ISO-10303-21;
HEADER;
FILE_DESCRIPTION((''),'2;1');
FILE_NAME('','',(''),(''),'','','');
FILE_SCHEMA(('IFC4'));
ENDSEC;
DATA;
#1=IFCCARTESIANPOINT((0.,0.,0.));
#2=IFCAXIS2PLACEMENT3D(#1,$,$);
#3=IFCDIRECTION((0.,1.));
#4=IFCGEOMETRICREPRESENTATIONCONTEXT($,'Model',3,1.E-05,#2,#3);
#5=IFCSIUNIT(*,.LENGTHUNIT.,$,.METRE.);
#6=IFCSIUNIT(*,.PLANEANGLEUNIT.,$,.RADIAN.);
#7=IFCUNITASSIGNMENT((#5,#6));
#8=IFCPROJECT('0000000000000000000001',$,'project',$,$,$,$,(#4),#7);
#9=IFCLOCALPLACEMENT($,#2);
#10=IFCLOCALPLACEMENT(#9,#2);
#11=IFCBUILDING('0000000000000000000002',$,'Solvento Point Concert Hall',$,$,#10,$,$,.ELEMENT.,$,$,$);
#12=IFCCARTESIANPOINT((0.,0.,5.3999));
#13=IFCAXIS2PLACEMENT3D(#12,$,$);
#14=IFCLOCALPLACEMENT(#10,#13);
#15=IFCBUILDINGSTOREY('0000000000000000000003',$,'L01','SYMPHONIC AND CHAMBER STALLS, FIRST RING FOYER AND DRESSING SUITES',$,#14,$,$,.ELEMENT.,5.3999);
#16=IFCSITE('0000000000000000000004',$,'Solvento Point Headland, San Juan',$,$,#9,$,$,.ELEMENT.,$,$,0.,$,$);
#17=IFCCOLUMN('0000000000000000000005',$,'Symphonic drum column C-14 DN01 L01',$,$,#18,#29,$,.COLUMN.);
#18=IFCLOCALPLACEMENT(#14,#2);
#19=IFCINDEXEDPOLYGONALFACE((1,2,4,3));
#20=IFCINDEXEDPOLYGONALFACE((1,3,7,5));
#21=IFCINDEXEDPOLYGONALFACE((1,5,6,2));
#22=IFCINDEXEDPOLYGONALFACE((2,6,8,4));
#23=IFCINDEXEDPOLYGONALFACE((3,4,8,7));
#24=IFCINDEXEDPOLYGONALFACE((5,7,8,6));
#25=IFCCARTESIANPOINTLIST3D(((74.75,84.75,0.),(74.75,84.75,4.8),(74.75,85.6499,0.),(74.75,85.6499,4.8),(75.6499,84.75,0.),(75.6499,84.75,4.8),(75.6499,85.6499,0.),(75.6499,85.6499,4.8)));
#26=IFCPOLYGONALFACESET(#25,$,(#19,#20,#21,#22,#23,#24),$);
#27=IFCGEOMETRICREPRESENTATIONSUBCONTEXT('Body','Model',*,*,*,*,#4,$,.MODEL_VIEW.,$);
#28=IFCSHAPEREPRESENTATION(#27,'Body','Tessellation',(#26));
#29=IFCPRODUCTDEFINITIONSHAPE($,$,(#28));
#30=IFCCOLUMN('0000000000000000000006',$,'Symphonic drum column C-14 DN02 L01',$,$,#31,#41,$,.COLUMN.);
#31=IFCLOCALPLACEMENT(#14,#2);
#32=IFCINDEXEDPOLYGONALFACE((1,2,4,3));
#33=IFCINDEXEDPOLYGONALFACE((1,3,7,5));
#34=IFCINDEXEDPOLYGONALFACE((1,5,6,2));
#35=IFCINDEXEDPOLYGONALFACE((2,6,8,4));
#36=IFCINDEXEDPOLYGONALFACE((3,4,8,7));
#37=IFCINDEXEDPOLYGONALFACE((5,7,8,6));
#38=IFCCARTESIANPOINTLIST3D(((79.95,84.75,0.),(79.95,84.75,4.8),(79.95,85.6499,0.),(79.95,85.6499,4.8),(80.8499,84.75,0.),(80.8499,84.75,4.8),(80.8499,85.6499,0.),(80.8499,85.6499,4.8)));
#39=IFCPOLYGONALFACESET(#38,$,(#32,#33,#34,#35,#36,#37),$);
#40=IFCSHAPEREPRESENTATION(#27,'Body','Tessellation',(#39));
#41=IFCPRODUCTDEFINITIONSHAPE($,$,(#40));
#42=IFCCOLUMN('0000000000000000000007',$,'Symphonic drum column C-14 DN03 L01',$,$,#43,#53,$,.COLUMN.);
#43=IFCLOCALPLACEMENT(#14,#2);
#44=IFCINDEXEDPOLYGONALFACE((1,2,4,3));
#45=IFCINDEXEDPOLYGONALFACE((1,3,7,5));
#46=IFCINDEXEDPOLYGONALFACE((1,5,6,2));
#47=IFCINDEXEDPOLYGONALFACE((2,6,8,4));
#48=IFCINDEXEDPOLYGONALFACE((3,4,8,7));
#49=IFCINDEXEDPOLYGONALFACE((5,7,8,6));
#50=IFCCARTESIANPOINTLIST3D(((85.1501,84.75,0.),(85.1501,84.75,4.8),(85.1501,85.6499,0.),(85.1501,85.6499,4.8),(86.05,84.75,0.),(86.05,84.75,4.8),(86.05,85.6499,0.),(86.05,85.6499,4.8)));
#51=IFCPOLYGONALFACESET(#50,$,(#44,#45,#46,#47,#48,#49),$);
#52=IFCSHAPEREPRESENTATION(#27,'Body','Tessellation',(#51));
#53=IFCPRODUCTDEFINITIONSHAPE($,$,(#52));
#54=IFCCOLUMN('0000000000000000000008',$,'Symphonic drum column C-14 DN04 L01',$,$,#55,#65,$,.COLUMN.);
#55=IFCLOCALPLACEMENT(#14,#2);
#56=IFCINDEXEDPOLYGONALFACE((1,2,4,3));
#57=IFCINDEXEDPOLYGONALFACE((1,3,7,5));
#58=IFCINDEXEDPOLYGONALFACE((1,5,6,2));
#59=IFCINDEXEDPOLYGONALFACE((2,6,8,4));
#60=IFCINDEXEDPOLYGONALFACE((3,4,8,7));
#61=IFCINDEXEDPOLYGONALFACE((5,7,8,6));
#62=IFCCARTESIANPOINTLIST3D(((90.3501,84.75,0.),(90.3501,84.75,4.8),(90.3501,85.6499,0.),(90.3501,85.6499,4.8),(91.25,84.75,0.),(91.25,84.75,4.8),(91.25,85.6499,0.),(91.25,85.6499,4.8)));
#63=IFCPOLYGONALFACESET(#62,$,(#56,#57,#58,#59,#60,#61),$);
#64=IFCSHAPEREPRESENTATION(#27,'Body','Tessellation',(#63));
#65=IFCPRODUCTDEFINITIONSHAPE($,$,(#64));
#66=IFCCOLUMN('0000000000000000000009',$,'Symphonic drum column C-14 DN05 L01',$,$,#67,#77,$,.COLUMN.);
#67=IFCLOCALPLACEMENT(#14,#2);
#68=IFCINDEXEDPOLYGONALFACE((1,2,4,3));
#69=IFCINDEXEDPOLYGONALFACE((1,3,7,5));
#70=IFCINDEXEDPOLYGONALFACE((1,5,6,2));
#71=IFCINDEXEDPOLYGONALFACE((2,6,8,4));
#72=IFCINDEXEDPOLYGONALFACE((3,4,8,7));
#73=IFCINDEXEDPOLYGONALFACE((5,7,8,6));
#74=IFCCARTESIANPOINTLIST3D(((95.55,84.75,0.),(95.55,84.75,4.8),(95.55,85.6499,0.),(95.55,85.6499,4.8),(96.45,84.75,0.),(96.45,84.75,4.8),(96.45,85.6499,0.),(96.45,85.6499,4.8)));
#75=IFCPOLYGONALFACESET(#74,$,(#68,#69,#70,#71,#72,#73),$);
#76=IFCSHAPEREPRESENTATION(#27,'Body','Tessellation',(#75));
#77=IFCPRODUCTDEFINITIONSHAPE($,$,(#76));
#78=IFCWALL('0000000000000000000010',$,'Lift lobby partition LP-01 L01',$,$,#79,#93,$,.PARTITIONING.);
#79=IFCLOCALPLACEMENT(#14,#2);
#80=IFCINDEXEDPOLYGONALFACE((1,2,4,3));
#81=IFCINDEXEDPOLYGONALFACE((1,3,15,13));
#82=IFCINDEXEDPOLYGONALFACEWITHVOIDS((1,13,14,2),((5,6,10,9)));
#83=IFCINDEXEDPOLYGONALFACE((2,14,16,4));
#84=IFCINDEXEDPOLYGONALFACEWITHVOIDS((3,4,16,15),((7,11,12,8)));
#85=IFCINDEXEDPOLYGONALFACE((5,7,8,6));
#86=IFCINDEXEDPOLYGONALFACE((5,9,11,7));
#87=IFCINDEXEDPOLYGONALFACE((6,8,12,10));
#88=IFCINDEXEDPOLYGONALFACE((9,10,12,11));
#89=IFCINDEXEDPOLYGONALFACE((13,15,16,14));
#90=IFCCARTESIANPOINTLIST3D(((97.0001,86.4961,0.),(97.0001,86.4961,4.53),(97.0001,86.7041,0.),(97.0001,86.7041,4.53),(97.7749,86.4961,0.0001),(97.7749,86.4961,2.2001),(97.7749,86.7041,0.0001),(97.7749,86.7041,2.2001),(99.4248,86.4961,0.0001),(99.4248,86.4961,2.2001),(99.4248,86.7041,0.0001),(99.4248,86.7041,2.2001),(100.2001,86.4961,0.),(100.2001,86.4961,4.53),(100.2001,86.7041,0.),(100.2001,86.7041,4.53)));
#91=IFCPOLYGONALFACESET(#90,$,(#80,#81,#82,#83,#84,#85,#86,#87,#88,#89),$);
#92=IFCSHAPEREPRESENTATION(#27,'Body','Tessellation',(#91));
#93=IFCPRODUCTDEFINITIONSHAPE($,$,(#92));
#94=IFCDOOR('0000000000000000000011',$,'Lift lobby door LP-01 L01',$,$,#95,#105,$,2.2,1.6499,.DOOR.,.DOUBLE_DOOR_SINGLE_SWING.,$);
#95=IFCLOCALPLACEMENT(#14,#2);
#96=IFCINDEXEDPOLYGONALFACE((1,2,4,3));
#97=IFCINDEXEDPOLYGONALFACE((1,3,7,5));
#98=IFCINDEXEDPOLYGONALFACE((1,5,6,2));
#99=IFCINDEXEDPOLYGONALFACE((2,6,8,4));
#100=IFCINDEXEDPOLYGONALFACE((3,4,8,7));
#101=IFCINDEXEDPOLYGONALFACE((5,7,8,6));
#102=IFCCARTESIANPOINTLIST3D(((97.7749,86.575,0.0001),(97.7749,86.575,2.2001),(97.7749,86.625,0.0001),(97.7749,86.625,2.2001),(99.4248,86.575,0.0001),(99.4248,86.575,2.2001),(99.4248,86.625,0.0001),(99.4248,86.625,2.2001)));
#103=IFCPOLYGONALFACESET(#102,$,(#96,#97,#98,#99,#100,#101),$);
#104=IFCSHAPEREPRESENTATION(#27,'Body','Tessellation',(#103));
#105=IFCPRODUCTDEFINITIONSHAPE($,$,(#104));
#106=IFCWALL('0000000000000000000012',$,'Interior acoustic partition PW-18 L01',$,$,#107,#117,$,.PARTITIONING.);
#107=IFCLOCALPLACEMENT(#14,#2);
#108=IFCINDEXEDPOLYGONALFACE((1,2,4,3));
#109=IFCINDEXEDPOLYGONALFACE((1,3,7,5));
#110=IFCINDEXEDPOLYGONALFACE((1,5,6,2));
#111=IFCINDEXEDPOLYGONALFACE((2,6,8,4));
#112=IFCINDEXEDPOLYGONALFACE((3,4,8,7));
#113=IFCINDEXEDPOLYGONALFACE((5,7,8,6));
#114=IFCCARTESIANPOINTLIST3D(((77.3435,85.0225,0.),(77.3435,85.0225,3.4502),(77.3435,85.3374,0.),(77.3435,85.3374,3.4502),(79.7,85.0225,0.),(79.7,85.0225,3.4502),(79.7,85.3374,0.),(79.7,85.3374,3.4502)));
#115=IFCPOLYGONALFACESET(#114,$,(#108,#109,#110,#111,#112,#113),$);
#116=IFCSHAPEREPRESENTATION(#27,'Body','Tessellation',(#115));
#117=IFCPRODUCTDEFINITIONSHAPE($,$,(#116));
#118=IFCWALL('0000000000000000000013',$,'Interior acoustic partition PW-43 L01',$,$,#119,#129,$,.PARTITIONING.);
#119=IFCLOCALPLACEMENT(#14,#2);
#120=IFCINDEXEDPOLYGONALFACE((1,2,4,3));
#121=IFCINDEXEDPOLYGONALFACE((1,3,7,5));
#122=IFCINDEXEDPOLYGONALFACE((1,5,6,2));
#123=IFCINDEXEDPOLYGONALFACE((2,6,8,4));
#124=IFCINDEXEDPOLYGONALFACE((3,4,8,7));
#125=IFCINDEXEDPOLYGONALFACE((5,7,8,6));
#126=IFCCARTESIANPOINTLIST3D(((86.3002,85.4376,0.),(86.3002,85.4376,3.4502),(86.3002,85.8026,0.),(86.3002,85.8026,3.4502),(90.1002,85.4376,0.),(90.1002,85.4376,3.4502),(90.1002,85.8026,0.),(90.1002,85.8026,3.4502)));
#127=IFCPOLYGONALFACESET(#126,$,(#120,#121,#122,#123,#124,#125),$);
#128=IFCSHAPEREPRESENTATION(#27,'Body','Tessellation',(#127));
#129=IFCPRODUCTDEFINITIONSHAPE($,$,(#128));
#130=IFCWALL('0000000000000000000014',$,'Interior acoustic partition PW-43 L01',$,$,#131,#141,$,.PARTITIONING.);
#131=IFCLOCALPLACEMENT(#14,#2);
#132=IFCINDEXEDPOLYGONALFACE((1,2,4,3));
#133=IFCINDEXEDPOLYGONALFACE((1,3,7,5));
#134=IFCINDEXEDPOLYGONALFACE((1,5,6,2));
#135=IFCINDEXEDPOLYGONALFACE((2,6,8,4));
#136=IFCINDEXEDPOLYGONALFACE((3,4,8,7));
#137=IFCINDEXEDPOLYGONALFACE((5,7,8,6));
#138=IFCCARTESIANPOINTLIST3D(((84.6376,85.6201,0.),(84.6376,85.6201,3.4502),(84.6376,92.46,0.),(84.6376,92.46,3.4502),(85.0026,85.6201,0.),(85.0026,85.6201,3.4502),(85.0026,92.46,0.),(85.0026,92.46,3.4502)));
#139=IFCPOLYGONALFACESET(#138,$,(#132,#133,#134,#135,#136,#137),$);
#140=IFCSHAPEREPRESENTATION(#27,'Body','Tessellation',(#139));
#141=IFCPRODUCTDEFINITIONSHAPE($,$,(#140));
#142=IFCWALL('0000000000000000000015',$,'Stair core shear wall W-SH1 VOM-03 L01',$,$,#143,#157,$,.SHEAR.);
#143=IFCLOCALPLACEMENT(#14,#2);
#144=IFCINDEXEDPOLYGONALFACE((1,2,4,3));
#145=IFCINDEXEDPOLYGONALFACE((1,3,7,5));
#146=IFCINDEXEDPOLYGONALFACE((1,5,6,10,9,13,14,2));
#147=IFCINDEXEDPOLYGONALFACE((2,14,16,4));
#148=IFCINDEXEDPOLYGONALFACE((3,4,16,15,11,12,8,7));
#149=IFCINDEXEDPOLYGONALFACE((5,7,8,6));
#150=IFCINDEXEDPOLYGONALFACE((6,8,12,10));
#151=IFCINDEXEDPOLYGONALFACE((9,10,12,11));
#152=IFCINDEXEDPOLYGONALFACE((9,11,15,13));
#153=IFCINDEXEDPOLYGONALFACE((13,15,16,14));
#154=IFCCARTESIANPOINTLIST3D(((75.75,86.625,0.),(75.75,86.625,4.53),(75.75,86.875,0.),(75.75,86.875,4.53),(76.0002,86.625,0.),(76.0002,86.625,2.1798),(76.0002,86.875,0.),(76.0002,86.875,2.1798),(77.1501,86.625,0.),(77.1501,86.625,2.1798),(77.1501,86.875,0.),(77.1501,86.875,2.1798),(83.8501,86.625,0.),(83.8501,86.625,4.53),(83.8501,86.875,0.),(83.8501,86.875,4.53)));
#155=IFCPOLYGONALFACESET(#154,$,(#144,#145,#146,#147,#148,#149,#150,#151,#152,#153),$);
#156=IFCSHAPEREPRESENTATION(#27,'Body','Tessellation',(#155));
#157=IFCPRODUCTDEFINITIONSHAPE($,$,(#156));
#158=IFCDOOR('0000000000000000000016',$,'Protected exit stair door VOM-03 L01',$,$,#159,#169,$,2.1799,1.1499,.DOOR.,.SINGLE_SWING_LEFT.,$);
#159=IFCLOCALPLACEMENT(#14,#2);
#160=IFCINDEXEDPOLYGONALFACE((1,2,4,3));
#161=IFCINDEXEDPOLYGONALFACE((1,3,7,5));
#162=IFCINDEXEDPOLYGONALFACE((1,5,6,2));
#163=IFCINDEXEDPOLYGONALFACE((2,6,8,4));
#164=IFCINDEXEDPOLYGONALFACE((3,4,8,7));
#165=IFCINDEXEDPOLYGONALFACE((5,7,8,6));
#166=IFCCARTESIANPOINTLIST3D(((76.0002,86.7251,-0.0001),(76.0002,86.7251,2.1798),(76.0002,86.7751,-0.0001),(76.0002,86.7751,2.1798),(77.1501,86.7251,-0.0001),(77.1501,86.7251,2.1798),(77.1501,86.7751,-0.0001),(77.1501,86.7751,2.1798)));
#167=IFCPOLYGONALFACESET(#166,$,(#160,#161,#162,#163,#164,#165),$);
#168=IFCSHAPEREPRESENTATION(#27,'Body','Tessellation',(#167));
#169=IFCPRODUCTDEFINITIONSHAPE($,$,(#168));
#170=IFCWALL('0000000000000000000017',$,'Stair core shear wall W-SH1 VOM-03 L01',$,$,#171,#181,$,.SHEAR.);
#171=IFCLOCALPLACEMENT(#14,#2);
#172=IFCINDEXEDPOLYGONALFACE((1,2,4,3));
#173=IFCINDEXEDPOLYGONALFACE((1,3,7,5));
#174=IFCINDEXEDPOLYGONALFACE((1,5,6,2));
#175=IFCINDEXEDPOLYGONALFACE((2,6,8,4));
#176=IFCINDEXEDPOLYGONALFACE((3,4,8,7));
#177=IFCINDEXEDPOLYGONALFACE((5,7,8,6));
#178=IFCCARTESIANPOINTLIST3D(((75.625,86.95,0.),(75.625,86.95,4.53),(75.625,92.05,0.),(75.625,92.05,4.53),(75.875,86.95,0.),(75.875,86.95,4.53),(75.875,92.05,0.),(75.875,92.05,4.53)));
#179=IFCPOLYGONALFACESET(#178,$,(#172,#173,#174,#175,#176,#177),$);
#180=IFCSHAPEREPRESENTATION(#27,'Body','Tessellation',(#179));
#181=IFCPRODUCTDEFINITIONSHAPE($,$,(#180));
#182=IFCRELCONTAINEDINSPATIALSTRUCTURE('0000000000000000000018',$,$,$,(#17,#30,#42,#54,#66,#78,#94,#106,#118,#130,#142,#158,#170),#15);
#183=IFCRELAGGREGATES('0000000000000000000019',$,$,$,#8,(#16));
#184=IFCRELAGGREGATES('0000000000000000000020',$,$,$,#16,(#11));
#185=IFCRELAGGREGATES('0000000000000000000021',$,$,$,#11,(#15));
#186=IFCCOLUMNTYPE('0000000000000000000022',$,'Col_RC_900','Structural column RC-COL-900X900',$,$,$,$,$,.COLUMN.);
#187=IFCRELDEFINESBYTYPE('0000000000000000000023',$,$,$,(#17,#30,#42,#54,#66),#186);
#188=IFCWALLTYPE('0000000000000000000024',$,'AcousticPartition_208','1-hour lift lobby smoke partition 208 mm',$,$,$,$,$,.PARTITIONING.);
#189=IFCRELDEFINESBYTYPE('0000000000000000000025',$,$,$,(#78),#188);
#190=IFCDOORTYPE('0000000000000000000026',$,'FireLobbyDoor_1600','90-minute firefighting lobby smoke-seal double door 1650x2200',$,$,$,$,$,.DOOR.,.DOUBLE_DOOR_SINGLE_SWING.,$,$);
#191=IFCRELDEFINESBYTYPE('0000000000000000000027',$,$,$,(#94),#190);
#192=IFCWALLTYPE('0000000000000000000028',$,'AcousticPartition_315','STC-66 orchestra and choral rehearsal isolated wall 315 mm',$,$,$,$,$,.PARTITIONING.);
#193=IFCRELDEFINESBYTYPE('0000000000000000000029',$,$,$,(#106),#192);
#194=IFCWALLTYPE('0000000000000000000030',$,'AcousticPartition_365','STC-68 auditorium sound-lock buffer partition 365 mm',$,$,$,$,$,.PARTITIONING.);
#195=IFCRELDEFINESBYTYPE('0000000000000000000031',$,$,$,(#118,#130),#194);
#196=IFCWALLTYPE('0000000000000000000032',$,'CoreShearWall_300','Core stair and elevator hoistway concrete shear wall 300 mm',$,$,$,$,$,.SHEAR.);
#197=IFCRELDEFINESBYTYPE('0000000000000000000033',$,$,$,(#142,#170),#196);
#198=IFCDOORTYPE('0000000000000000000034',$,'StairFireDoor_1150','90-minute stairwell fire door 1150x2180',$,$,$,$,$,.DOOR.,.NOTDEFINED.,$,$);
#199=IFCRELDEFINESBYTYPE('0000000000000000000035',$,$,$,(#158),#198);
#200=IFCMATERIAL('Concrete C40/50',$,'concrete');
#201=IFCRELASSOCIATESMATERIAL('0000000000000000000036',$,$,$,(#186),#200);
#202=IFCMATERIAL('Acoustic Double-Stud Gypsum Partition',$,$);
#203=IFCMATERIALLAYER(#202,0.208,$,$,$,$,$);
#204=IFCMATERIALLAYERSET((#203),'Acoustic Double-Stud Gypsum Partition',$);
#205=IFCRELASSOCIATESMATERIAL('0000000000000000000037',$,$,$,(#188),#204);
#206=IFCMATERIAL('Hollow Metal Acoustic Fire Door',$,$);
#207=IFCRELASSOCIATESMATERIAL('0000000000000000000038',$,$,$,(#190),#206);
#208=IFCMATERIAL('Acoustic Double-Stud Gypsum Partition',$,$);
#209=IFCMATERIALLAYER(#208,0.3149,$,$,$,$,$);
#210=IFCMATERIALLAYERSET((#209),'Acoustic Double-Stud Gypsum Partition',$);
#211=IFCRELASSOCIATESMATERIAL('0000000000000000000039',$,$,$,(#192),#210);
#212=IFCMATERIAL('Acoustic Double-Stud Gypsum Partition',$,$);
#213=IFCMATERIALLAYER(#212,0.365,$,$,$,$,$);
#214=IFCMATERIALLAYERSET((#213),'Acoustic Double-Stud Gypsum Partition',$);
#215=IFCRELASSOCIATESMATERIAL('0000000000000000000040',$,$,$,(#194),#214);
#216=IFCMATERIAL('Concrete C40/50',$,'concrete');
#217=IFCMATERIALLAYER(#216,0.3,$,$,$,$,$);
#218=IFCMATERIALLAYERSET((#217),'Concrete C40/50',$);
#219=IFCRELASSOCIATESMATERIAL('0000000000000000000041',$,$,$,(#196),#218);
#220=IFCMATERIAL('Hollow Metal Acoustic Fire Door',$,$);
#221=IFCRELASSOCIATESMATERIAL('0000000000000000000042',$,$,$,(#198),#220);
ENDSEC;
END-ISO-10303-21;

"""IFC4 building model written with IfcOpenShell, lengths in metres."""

from ifc_helpers import new_model, si_unit, direction, frame, frame_2d, origin, origin_2d, place, context, subcontext, project, spatial, rectangle, extrude, material, layer, layer_set, material_profile, profile_set, type_object, element, fill, save


model = new_model("IFC4")

# Units and contexts
model_context = context("Model", 3, precision=1e-05, world=origin(), true_north=direction((0.0, 1.0)))
body_context = subcontext(model_context, "Body", "Model", "MODEL_VIEW")
ifc_project = project(units=[si_unit("LENGTHUNIT", "METRE"), si_unit("PLANEANGLEUNIT", "RADIAN")], contexts=[model_context])

# Site, building, storey
site_placement = place(None, origin())
site = spatial("IfcSite", under=ifc_project, at=site_placement, Name="Solvento Point Headland, San Juan", CompositionType="ELEMENT", RefElevation=0.0)
building_placement = place(site_placement, origin())
building = spatial("IfcBuilding", under=site, at=building_placement, Name="Solvento Point Concert Hall", CompositionType="ELEMENT")
storey_placement = place(building_placement, frame((0.0, 0.0, 5.3999)))
storey = spatial("IfcBuildingStorey", under=building, at=storey_placement, Name="L01", Description="SYMPHONIC AND CHAMBER STALLS, FIRST RING FOYER AND DRESSING SUITES", CompositionType="ELEMENT", Elevation=5.3999)

# Columns
ifc_material_1 = material(Name="Concrete C40/50", Category="concrete")
ifc_material_profile = material_profile(ifc_material_1, rectangle(XDim=0.8999, YDim=0.8999, at=origin_2d()), Name="RC-COL-900X900")
ifc_profile_set = profile_set([ifc_material_profile], Name="Concrete C40/50")
column_type = type_object("IfcColumnType", Name="Col_RC_900", Description="Structural column RC-COL-900X900", PredefinedType="COLUMN", material=ifc_profile_set)
for number, where, z_axis, x_axis, name in (
    (1, (75.2, 85.2, 0.0), (0.0, 0.0, 1.0), (1.0, 0.0, 0.0), "Symphonic drum column C-14 DN01 L01"),
    (2, (80.3999, 85.2, 0.0), (0.0, 0.0, 1.0), (1.0, 0.0, 0.0), "Symphonic drum column C-14 DN02 L01"),
    (3, (85.6001, 85.2, 0.0), (0.0, 0.0, 1.0), (1.0, 0.0, 0.0), "Symphonic drum column C-14 DN03 L01"),
    (4, (90.8, 85.2, 0.0), (0.0, 0.0, 1.0), (1.0, 0.0, 0.0), "Symphonic drum column C-14 DN04 L01"),
    (5, (96.0, 85.2, 0.0), (0.0, 0.0, 1.0), (1.0, 0.0, 0.0), "Symphonic drum column C-14 DN05 L01"),
):
    element("IfcColumn", number, at=place(storey_placement, frame(where, z_axis=z_axis, x_axis=x_axis)), inside=storey, type_object=column_type, Name=name, PredefinedType="COLUMN", context=body_context, shape_type="SweptSolid", body=[
        extrude(rectangle(XDim=0.8999, YDim=0.8999, at=origin_2d()), origin(), (0.0, 0.0, 1.0), 4.8),
    ])

# Wall, opening, door
ifc_material_2 = material(Name="Acoustic Double-Stud Gypsum Partition")
ifc_layer_1 = layer(ifc_material_2, 0.208)
ifc_layer_set_1 = layer_set([ifc_layer_1], Name="Acoustic Double-Stud Gypsum Partition")
wall_type_1 = type_object("IfcWallType", Name="AcousticPartition_208", Description="1-hour lift lobby smoke partition 208 mm", PredefinedType="PARTITIONING", material=ifc_layer_set_1)
wall_1_placement = place(storey_placement, frame((97.0, 86.6001, 0.0), z_axis=(0.0, 0.0, 1.0), x_axis=(1.0, 0.0, 0.0)))
wall_1 = element("IfcWall", 6, at=wall_1_placement, inside=storey, type_object=wall_type_1, Name="Lift lobby partition LP-01 L01", PredefinedType="PARTITIONING", context=body_context, shape_type="SweptSolid", body=[
    extrude(rectangle(XDim=3.2, YDim=0.208, at=frame_2d((1.6001, 0.0))), origin(), (0.0, 0.0, 1.0), 4.53),
])
opening_1_placement = place(wall_1_placement, frame((0.7749, 0.0, 0.0)))
opening_1 = element("IfcOpeningElement", 7, at=opening_1_placement, cuts=wall_1, PredefinedType="OPENING", context=body_context, shape_type="SweptSolid", body=[
    extrude(rectangle(XDim=1.6499, YDim=2.2, at=frame_2d((0.825, 1.1001))), frame((0.0, 0.114, 0.0), z_axis=(0.0, -1.0, 0.0), x_axis=(1.0, 0.0, 0.0)), (0.0, 0.0, 1.0), 0.228),
])
ifc_material_3 = material(Name="Hollow Metal Acoustic Fire Door")
door_type_1 = type_object("IfcDoorType", Name="FireLobbyDoor_1600", Description="90-minute firefighting lobby smoke-seal double door 1650x2200", OperationType="DOUBLE_DOOR_SINGLE_SWING", PredefinedType="DOOR", material=ifc_material_3)
door_1_placement = place(opening_1_placement, origin())
door_1 = element("IfcDoor", 8, at=door_1_placement, inside=storey, type_object=door_type_1, Name="Lift lobby door LP-01 L01", OperationType="DOUBLE_DOOR_SINGLE_SWING", OverallHeight=2.2, OverallWidth=1.6499, PredefinedType="DOOR", context=body_context, shape_type="SweptSolid", body=[
    extrude(rectangle(XDim=1.6499, YDim=2.2, at=frame_2d((0.825, 1.1001))), frame((0.0, 0.0249, 0.0), z_axis=(0.0, -1.0, 0.0), x_axis=(1.0, 0.0, 0.0)), (0.0, 0.0, 1.0), 0.05),
])
fill(opening_1, door_1)

# Walls
ifc_material_4 = material(Name="Acoustic Double-Stud Gypsum Partition")
ifc_layer_2 = layer(ifc_material_4, 0.3149)
ifc_layer_set_2 = layer_set([ifc_layer_2], Name="Acoustic Double-Stud Gypsum Partition")
wall_type_2 = type_object("IfcWallType", Name="AcousticPartition_315", Description="STC-66 orchestra and choral rehearsal isolated wall 315 mm", PredefinedType="PARTITIONING", material=ifc_layer_set_2)
wall_2_placement = place(storey_placement, frame((77.3435, 85.1799, 0.0), z_axis=(0.0, 0.0, 1.0), x_axis=(1.0, 0.0, 0.0)))
element("IfcWall", 9, at=wall_2_placement, inside=storey, type_object=wall_type_2, Name="Interior acoustic partition PW-18 L01", PredefinedType="PARTITIONING", context=body_context, shape_type="SweptSolid", body=[
    extrude(rectangle(XDim=2.3564, YDim=0.3149, at=frame_2d((1.1782, 0.0))), origin(), (0.0, 0.0, 1.0), 3.4502),
])
ifc_material_5 = material(Name="Acoustic Double-Stud Gypsum Partition")
ifc_layer_3 = layer(ifc_material_5, 0.365)
ifc_layer_set_3 = layer_set([ifc_layer_3], Name="Acoustic Double-Stud Gypsum Partition")
wall_type_3 = type_object("IfcWallType", Name="AcousticPartition_365", Description="STC-68 auditorium sound-lock buffer partition 365 mm", PredefinedType="PARTITIONING", material=ifc_layer_set_3)
wall_3_placement = place(storey_placement, frame((90.1001, 85.6201, 0.0), z_axis=(0.0, 0.0, 1.0), x_axis=(-1.0, 0.0, 0.0)))
element("IfcWall", 10, at=wall_3_placement, inside=storey, type_object=wall_type_3, Name="Interior acoustic partition PW-43 L01", PredefinedType="PARTITIONING", context=body_context, shape_type="SweptSolid", body=[
    extrude(rectangle(XDim=3.8, YDim=0.365, at=frame_2d((1.8999, 0.0))), origin(), (0.0, 0.0, 1.0), 3.4502),
])
wall_4_placement = place(storey_placement, frame((84.8201, 85.6201, 0.0), z_axis=(0.0, 0.0, 1.0), x_axis=(0.0, 1.0, 0.0)))
element("IfcWall", 11, at=wall_4_placement, inside=storey, type_object=wall_type_3, Name="Interior acoustic partition PW-43 L01", PredefinedType="PARTITIONING", context=body_context, shape_type="SweptSolid", body=[
    extrude(rectangle(XDim=6.8398, YDim=0.365, at=frame_2d((3.4199, 0.0))), origin(), (0.0, 0.0, 1.0), 3.4502),
])

# Wall, opening, door
ifc_material_6 = material(Name="Concrete C40/50", Category="concrete")
ifc_layer_4 = layer(ifc_material_6, 0.3)
ifc_layer_set_4 = layer_set([ifc_layer_4], Name="Concrete C40/50")
wall_type_4 = type_object("IfcWallType", Name="CoreShearWall_300", Description="Core stair and elevator hoistway concrete shear wall 300 mm", PredefinedType="SHEAR", material=ifc_layer_set_4)
wall_5_placement = place(storey_placement, frame((83.8501, 86.75, 0.0), z_axis=(0.0, 0.0, 1.0), x_axis=(-1.0, 0.0, 0.0)))
wall_5 = element("IfcWall", 12, at=wall_5_placement, inside=storey, type_object=wall_type_4, Name="Stair core shear wall W-SH1 VOM-03 L01", PredefinedType="SHEAR", context=body_context, shape_type="SweptSolid", body=[
    extrude(rectangle(XDim=8.1001, YDim=0.25, at=frame_2d((4.05, 0.0))), origin(), (0.0, 0.0, 1.0), 4.53),
])
opening_2_placement = place(wall_5_placement, frame((6.7, 0.0, 0.0)))
opening_2 = element("IfcOpeningElement", 13, at=opening_2_placement, cuts=wall_5, PredefinedType="OPENING", context=body_context, shape_type="SweptSolid", body=[
    extrude(rectangle(XDim=1.1499, YDim=2.1799, at=frame_2d((0.575, 1.0898))), frame((0.0, 0.135, 0.0), z_axis=(0.0, -1.0, 0.0), x_axis=(1.0, 0.0, 0.0)), (0.0, 0.0, 1.0), 0.27),
])
ifc_material_7 = material(Name="Hollow Metal Acoustic Fire Door")
door_type_2 = type_object("IfcDoorType", Name="StairFireDoor_1150", Description="90-minute stairwell fire door 1150x2180", OperationType="NOTDEFINED", PredefinedType="DOOR", material=ifc_material_7)
door_2_placement = place(opening_2_placement, origin())
door_2 = element("IfcDoor", 14, at=door_2_placement, inside=storey, type_object=door_type_2, Name="Protected exit stair door VOM-03 L01", OperationType="SINGLE_SWING_LEFT", OverallHeight=2.1799, OverallWidth=1.1499, PredefinedType="DOOR", context=body_context, shape_type="SweptSolid", body=[
    extrude(rectangle(XDim=1.1499, YDim=2.1799, at=frame_2d((0.575, 1.0898))), frame((0.0, 0.0249, 0.0), z_axis=(0.0, -1.0, 0.0), x_axis=(1.0, 0.0, 0.0)), (0.0, 0.0, 1.0), 0.05),
])
fill(opening_2, door_2)

# Wall
wall_6_placement = place(storey_placement, frame((75.75, 86.95, 0.0), z_axis=(0.0, 0.0, 1.0), x_axis=(0.0, 1.0, 0.0)))
element("IfcWall", 15, at=wall_6_placement, inside=storey, type_object=wall_type_4, Name="Stair core shear wall W-SH1 VOM-03 L01", PredefinedType="SHEAR", context=body_context, shape_type="SweptSolid", body=[
    extrude(rectangle(XDim=5.1001, YDim=0.25, at=frame_2d((2.55, 0.0))), origin(), (0.0, 0.0, 1.0), 4.53),
])

save(model, "model.ifc")
